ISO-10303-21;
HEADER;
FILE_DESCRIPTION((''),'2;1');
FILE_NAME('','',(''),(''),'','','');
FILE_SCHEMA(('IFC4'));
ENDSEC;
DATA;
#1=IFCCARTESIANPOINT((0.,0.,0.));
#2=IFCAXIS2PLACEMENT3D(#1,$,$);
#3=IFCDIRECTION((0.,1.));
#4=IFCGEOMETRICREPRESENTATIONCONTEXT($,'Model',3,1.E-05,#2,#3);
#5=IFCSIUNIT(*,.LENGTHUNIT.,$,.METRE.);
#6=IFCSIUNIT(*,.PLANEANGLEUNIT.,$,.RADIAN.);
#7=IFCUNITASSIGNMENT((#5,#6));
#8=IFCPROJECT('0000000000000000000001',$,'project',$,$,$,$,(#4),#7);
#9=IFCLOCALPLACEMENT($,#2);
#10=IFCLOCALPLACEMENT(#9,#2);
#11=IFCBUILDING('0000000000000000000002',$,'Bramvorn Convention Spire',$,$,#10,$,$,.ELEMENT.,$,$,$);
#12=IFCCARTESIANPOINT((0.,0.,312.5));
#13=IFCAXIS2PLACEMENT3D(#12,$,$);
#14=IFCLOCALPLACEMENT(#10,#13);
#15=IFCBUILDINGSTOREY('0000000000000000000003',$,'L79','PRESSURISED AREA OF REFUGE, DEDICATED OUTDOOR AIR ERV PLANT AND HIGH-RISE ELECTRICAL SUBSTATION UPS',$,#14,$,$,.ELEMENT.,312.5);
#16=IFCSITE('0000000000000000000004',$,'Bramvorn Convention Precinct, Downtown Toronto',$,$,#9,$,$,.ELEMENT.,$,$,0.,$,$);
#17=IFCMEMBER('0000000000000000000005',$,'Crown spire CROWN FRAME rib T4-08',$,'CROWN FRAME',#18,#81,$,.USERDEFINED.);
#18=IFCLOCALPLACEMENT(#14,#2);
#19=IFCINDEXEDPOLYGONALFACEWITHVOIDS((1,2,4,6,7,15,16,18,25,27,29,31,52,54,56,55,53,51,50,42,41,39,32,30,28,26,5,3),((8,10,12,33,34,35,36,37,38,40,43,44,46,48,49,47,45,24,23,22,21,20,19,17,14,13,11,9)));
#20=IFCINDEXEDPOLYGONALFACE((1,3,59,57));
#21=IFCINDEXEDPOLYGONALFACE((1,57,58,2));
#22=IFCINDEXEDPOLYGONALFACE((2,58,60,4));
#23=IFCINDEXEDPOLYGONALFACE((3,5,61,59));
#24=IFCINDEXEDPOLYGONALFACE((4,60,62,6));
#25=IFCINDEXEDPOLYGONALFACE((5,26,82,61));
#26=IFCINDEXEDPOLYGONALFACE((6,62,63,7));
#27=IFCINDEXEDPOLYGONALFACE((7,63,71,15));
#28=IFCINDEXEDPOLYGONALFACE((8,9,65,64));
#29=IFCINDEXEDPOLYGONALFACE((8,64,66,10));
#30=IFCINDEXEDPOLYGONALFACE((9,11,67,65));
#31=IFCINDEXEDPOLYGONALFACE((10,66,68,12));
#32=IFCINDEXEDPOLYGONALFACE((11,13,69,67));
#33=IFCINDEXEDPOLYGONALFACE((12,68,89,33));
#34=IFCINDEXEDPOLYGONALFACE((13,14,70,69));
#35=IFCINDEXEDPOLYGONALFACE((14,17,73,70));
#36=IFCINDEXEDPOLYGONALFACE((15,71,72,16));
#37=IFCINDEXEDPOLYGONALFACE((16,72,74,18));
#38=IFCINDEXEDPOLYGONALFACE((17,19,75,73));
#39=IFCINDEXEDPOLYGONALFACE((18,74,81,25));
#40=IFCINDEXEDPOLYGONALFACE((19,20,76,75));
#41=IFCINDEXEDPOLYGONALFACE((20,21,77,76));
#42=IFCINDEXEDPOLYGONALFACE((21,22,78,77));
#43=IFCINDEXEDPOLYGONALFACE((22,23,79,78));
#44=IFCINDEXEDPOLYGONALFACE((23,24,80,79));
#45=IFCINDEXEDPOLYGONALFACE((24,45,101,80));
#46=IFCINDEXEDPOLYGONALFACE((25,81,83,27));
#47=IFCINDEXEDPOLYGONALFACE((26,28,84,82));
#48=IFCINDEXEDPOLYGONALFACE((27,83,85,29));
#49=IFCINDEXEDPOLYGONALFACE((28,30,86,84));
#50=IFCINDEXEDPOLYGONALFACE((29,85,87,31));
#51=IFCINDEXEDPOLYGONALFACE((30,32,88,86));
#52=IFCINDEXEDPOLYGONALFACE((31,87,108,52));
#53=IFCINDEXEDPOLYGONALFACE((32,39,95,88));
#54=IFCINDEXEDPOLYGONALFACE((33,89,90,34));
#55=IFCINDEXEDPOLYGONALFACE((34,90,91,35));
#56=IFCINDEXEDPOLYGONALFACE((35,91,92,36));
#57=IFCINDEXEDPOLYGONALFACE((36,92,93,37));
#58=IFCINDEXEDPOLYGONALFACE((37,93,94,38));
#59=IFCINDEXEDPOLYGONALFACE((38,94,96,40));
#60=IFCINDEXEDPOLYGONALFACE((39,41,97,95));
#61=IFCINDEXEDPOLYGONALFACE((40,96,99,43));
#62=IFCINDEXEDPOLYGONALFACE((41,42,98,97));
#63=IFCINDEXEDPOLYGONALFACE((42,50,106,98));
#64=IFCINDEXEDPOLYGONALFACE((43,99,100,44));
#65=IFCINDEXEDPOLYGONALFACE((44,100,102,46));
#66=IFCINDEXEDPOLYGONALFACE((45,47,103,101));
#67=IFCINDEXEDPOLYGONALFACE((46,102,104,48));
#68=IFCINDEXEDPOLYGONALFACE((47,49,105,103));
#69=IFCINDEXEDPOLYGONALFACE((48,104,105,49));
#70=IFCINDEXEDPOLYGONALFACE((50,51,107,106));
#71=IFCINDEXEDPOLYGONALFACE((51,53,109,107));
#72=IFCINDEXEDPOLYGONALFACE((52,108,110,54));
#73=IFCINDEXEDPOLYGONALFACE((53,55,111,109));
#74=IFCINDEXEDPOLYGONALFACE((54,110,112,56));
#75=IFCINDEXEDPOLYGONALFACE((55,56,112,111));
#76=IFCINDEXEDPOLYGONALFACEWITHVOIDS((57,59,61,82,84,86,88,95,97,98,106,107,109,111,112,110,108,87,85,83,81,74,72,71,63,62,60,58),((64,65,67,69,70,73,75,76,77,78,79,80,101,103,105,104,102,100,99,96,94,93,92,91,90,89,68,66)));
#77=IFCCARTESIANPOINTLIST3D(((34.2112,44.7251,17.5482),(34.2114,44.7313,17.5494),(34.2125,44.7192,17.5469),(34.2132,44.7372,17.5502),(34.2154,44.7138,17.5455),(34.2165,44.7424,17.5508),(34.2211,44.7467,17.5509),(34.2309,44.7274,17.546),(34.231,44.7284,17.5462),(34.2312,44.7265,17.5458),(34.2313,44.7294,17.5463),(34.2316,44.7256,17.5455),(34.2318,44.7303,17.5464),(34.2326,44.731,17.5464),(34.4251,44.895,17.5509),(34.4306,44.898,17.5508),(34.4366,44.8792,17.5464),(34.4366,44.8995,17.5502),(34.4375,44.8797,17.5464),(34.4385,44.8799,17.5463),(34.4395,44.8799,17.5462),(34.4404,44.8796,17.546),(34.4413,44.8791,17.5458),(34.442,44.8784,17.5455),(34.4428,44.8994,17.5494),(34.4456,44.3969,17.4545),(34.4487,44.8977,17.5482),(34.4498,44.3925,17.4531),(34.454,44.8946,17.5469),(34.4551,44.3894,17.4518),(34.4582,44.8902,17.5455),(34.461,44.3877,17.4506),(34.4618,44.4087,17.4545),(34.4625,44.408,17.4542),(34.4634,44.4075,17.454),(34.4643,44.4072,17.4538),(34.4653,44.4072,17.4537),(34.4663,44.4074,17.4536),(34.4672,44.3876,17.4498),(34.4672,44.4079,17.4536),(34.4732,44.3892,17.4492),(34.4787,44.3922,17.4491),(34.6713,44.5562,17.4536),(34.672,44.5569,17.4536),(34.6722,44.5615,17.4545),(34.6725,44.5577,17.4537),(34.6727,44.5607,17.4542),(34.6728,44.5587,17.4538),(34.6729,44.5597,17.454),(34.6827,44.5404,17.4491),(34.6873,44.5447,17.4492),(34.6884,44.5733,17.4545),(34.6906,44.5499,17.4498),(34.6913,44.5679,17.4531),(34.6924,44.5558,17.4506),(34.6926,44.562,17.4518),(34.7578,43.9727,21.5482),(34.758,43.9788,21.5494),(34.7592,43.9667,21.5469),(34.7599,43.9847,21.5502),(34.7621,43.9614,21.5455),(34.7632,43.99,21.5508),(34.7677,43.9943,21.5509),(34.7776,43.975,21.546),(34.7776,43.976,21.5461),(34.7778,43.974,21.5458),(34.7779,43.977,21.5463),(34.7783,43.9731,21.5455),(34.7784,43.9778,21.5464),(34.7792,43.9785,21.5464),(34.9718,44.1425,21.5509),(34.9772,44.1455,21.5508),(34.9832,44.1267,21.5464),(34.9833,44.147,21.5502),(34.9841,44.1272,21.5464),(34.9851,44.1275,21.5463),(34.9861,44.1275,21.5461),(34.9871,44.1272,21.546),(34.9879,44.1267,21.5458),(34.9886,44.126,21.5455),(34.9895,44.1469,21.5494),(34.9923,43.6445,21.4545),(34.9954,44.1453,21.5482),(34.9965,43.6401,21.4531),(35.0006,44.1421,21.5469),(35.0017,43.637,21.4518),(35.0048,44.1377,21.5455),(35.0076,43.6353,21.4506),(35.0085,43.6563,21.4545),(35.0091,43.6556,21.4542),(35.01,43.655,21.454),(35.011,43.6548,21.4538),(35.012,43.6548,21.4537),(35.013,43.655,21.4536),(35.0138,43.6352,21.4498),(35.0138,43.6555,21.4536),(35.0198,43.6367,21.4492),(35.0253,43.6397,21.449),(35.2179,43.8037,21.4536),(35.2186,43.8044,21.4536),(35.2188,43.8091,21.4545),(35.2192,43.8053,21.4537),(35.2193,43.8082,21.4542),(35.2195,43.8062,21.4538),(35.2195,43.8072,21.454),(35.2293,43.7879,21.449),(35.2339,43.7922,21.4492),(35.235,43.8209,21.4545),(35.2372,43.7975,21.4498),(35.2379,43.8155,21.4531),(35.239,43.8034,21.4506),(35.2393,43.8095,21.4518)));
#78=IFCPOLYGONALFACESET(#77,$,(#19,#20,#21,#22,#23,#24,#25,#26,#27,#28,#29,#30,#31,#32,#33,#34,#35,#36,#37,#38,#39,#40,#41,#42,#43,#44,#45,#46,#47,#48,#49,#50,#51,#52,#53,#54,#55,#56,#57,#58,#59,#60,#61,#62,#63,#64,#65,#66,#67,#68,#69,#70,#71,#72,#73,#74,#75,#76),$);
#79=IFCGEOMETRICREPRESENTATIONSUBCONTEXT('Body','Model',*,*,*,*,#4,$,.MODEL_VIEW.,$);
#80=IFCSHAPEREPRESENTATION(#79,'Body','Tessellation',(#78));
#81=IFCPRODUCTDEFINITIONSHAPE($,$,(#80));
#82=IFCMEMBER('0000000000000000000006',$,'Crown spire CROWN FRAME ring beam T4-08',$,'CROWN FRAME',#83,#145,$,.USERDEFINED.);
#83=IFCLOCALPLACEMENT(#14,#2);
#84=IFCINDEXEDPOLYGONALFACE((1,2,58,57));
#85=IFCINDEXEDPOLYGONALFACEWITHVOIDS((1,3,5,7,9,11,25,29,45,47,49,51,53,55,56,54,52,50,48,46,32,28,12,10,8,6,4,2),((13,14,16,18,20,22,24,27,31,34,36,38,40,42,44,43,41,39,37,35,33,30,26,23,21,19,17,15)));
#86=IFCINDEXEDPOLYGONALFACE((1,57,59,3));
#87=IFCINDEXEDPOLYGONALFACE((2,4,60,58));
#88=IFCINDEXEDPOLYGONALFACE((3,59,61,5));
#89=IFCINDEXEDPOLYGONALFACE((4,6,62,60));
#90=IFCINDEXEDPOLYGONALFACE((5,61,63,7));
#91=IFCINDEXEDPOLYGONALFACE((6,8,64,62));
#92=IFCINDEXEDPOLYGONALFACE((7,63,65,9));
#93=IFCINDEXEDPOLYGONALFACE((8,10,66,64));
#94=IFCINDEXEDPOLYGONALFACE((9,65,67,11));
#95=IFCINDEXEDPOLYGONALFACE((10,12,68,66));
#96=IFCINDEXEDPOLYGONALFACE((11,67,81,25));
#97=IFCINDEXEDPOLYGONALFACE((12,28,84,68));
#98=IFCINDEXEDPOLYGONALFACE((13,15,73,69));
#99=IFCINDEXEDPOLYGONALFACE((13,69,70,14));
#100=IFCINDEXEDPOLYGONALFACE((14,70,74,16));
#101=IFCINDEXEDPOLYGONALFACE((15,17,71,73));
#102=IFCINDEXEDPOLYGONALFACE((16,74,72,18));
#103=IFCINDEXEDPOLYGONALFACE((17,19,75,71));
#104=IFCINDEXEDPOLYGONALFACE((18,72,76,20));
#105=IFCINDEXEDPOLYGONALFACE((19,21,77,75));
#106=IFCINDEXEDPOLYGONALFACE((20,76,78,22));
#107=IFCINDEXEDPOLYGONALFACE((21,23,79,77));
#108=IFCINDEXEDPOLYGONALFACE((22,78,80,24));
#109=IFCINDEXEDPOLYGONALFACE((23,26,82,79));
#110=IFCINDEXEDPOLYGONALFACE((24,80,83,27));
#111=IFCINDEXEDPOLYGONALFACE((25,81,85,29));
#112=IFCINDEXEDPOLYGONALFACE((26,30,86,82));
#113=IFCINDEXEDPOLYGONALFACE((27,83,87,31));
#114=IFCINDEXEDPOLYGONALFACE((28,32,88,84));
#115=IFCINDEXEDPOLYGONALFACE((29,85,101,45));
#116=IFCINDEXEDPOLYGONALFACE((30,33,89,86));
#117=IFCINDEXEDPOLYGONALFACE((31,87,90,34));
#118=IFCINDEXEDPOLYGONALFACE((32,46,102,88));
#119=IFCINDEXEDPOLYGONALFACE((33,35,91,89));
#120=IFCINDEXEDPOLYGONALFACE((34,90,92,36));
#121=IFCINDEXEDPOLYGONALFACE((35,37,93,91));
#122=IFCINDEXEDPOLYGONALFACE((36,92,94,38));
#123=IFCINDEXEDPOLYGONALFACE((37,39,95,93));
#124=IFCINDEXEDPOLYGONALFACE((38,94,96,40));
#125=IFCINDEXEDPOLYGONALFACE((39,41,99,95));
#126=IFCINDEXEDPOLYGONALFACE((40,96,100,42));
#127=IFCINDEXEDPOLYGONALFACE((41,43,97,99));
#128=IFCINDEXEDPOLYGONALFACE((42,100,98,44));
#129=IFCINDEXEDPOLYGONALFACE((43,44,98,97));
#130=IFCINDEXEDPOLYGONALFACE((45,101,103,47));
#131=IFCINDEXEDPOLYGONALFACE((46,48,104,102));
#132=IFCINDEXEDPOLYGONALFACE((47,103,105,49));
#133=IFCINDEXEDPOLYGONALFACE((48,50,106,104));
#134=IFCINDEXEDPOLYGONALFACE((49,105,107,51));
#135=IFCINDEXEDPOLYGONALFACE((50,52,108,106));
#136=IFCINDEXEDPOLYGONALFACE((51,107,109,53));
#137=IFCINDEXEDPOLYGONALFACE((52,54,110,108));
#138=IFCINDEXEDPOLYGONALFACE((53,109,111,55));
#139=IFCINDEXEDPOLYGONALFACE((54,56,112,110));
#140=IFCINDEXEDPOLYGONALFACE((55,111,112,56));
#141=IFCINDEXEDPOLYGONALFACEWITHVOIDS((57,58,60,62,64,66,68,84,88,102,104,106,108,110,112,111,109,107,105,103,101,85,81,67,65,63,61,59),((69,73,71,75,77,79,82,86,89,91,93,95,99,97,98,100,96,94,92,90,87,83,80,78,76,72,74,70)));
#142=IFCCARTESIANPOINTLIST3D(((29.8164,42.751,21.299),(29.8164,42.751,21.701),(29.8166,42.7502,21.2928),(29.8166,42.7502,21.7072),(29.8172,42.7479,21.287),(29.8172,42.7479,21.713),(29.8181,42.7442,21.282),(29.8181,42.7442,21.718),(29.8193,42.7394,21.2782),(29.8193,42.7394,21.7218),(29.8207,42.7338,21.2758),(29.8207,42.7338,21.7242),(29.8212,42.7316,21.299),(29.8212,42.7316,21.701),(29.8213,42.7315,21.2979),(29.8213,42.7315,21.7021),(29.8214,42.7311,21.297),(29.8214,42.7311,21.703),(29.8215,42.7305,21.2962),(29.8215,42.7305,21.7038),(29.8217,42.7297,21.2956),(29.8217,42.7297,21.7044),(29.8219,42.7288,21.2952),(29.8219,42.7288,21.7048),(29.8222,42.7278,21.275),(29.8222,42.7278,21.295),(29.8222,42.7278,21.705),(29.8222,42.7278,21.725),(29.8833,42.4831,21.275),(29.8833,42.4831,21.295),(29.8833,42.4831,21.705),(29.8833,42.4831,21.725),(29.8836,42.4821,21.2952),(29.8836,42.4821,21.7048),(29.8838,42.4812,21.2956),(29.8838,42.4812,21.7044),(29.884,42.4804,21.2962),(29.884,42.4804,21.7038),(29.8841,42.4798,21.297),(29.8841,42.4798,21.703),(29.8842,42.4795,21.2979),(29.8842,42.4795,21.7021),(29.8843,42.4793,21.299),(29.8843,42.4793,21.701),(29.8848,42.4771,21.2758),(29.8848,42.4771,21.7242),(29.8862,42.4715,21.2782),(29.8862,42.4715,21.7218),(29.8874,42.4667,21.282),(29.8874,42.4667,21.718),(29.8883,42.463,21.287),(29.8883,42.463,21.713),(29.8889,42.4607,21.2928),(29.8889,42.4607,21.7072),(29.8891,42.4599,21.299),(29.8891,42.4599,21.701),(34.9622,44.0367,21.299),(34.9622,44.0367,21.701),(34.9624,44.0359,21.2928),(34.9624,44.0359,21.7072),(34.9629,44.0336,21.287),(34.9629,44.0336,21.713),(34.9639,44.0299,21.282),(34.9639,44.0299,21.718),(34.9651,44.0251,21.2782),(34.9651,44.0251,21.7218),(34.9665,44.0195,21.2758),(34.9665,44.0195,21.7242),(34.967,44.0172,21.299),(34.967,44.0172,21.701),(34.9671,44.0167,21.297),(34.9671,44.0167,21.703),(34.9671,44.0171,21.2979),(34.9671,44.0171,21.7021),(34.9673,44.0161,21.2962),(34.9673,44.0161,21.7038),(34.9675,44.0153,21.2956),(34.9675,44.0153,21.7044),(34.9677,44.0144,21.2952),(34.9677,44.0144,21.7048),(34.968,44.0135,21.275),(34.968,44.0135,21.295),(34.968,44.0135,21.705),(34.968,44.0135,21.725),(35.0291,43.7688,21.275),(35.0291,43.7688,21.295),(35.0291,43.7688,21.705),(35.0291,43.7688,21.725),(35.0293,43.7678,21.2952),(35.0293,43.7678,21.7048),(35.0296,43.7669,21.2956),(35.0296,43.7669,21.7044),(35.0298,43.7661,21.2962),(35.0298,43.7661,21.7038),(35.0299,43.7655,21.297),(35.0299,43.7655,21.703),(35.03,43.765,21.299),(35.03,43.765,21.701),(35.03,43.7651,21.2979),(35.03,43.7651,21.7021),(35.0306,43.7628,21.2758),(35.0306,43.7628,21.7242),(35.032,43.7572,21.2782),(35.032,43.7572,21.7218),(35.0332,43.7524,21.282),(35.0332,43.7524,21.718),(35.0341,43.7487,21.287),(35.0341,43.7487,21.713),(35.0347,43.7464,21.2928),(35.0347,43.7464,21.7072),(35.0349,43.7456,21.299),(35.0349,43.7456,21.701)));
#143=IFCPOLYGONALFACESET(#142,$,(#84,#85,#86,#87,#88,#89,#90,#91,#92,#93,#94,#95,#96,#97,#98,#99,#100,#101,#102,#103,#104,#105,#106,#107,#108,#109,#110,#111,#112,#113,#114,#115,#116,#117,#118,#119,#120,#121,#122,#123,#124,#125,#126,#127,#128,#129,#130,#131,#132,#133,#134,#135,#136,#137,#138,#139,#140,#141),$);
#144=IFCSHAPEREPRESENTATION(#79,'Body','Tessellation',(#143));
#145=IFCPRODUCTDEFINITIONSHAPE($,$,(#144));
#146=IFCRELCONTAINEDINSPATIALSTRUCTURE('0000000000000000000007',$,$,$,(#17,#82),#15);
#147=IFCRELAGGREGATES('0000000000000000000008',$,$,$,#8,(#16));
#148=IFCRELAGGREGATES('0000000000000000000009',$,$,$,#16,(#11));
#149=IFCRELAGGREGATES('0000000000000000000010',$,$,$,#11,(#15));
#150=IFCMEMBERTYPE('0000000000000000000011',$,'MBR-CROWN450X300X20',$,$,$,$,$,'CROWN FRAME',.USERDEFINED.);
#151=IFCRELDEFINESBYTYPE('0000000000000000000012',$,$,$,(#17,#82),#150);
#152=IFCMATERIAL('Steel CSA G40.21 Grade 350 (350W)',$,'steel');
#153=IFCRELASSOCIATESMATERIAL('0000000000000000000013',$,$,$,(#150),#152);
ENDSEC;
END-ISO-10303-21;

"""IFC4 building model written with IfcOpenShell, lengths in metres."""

from ifc_helpers import new_model, si_unit, direction, frame, origin, origin_2d, place, context, subcontext, project, spatial, hollow_rectangle, extrude, material, material_profile, profile_set, type_object, element, save


model = new_model("IFC4")

# Units and contexts
model_context = context("Model", 3, precision=1e-05, world=origin(), true_north=direction((0.0, 1.0)))
body_context = subcontext(model_context, "Body", "Model", "MODEL_VIEW")
ifc_project = project(units=[si_unit("LENGTHUNIT", "METRE"), si_unit("PLANEANGLEUNIT", "RADIAN")], contexts=[model_context])

# Site, building, storey
site_placement = place(None, origin())
site = spatial("IfcSite", under=ifc_project, at=site_placement, Name="Bramvorn Convention Precinct, Downtown Toronto", CompositionType="ELEMENT", RefElevation=0.0)
building_placement = place(site_placement, origin())
building = spatial("IfcBuilding", under=site, at=building_placement, Name="Bramvorn Convention Spire", CompositionType="ELEMENT")
storey_placement = place(building_placement, frame((0.0, 0.0, 312.5)))
storey = spatial("IfcBuildingStorey", under=building, at=storey_placement, Name="L79", Description="PRESSURISED AREA OF REFUGE, DEDICATED OUTDOOR AIR ERV PLANT AND HIGH-RISE ELECTRICAL SUBSTATION UPS", CompositionType="ELEMENT", Elevation=312.5)

# Members
ifc_material_1 = material(Name="Steel CSA G40.21 Grade 350 (350W)", Category="steel")
ifc_material_profile = material_profile(ifc_material_1, hollow_rectangle(XDim=0.3, YDim=0.45, WallThickness=0.02, InnerFilletRadius=0.0039, OuterFilletRadius=0.0239, at=origin_2d()))
ifc_profile_set = profile_set([ifc_material_profile], Name="Steel CSA G40.21 Grade 350 (350W) - CROWN450X300X20")
member_type = type_object("IfcMemberType", Name="MBR-CROWN450X300X20", ElementType="CROWN FRAME", PredefinedType="USERDEFINED", material=ifc_profile_set)
member_1_placement = place(storey_placement, frame((34.4519, 44.6436, 17.5), z_axis=(0.133107, -0.183223, 0.974018), x_axis=(0.809042, 0.58775, 0.0)))
element("IfcMember", 1, at=member_1_placement, inside=storey, type_object=member_type, Name="Crown spire CROWN FRAME rib T4-08", ObjectType="CROWN FRAME", PredefinedType="USERDEFINED", context=body_context, shape_type="SweptSolid", body=[
    extrude(hollow_rectangle(XDim=0.3, YDim=0.45, WallThickness=0.02, InnerFilletRadius=0.0039, OuterFilletRadius=0.0239, at=origin_2d()), origin(), (0.0, 0.0, 1.0), 4.1067),
])
member_2_placement = place(storey_placement, frame((34.9985, 43.8911, 21.5), z_axis=(-0.970178, -0.242395, 0.0), x_axis=(0.242395, -0.970178, 0.0)))
element("IfcMember", 2, at=member_2_placement, inside=storey, type_object=member_type, Name="Crown spire CROWN FRAME ring beam T4-08", ObjectType="CROWN FRAME", PredefinedType="USERDEFINED", context=body_context, shape_type="SweptSolid", body=[
    extrude(hollow_rectangle(XDim=0.3, YDim=0.45, WallThickness=0.02, InnerFilletRadius=0.0039, OuterFilletRadius=0.0239, at=origin_2d()), origin(), (0.0, 0.0, 1.0), 5.304),
])

save(model, "model.ifc")
